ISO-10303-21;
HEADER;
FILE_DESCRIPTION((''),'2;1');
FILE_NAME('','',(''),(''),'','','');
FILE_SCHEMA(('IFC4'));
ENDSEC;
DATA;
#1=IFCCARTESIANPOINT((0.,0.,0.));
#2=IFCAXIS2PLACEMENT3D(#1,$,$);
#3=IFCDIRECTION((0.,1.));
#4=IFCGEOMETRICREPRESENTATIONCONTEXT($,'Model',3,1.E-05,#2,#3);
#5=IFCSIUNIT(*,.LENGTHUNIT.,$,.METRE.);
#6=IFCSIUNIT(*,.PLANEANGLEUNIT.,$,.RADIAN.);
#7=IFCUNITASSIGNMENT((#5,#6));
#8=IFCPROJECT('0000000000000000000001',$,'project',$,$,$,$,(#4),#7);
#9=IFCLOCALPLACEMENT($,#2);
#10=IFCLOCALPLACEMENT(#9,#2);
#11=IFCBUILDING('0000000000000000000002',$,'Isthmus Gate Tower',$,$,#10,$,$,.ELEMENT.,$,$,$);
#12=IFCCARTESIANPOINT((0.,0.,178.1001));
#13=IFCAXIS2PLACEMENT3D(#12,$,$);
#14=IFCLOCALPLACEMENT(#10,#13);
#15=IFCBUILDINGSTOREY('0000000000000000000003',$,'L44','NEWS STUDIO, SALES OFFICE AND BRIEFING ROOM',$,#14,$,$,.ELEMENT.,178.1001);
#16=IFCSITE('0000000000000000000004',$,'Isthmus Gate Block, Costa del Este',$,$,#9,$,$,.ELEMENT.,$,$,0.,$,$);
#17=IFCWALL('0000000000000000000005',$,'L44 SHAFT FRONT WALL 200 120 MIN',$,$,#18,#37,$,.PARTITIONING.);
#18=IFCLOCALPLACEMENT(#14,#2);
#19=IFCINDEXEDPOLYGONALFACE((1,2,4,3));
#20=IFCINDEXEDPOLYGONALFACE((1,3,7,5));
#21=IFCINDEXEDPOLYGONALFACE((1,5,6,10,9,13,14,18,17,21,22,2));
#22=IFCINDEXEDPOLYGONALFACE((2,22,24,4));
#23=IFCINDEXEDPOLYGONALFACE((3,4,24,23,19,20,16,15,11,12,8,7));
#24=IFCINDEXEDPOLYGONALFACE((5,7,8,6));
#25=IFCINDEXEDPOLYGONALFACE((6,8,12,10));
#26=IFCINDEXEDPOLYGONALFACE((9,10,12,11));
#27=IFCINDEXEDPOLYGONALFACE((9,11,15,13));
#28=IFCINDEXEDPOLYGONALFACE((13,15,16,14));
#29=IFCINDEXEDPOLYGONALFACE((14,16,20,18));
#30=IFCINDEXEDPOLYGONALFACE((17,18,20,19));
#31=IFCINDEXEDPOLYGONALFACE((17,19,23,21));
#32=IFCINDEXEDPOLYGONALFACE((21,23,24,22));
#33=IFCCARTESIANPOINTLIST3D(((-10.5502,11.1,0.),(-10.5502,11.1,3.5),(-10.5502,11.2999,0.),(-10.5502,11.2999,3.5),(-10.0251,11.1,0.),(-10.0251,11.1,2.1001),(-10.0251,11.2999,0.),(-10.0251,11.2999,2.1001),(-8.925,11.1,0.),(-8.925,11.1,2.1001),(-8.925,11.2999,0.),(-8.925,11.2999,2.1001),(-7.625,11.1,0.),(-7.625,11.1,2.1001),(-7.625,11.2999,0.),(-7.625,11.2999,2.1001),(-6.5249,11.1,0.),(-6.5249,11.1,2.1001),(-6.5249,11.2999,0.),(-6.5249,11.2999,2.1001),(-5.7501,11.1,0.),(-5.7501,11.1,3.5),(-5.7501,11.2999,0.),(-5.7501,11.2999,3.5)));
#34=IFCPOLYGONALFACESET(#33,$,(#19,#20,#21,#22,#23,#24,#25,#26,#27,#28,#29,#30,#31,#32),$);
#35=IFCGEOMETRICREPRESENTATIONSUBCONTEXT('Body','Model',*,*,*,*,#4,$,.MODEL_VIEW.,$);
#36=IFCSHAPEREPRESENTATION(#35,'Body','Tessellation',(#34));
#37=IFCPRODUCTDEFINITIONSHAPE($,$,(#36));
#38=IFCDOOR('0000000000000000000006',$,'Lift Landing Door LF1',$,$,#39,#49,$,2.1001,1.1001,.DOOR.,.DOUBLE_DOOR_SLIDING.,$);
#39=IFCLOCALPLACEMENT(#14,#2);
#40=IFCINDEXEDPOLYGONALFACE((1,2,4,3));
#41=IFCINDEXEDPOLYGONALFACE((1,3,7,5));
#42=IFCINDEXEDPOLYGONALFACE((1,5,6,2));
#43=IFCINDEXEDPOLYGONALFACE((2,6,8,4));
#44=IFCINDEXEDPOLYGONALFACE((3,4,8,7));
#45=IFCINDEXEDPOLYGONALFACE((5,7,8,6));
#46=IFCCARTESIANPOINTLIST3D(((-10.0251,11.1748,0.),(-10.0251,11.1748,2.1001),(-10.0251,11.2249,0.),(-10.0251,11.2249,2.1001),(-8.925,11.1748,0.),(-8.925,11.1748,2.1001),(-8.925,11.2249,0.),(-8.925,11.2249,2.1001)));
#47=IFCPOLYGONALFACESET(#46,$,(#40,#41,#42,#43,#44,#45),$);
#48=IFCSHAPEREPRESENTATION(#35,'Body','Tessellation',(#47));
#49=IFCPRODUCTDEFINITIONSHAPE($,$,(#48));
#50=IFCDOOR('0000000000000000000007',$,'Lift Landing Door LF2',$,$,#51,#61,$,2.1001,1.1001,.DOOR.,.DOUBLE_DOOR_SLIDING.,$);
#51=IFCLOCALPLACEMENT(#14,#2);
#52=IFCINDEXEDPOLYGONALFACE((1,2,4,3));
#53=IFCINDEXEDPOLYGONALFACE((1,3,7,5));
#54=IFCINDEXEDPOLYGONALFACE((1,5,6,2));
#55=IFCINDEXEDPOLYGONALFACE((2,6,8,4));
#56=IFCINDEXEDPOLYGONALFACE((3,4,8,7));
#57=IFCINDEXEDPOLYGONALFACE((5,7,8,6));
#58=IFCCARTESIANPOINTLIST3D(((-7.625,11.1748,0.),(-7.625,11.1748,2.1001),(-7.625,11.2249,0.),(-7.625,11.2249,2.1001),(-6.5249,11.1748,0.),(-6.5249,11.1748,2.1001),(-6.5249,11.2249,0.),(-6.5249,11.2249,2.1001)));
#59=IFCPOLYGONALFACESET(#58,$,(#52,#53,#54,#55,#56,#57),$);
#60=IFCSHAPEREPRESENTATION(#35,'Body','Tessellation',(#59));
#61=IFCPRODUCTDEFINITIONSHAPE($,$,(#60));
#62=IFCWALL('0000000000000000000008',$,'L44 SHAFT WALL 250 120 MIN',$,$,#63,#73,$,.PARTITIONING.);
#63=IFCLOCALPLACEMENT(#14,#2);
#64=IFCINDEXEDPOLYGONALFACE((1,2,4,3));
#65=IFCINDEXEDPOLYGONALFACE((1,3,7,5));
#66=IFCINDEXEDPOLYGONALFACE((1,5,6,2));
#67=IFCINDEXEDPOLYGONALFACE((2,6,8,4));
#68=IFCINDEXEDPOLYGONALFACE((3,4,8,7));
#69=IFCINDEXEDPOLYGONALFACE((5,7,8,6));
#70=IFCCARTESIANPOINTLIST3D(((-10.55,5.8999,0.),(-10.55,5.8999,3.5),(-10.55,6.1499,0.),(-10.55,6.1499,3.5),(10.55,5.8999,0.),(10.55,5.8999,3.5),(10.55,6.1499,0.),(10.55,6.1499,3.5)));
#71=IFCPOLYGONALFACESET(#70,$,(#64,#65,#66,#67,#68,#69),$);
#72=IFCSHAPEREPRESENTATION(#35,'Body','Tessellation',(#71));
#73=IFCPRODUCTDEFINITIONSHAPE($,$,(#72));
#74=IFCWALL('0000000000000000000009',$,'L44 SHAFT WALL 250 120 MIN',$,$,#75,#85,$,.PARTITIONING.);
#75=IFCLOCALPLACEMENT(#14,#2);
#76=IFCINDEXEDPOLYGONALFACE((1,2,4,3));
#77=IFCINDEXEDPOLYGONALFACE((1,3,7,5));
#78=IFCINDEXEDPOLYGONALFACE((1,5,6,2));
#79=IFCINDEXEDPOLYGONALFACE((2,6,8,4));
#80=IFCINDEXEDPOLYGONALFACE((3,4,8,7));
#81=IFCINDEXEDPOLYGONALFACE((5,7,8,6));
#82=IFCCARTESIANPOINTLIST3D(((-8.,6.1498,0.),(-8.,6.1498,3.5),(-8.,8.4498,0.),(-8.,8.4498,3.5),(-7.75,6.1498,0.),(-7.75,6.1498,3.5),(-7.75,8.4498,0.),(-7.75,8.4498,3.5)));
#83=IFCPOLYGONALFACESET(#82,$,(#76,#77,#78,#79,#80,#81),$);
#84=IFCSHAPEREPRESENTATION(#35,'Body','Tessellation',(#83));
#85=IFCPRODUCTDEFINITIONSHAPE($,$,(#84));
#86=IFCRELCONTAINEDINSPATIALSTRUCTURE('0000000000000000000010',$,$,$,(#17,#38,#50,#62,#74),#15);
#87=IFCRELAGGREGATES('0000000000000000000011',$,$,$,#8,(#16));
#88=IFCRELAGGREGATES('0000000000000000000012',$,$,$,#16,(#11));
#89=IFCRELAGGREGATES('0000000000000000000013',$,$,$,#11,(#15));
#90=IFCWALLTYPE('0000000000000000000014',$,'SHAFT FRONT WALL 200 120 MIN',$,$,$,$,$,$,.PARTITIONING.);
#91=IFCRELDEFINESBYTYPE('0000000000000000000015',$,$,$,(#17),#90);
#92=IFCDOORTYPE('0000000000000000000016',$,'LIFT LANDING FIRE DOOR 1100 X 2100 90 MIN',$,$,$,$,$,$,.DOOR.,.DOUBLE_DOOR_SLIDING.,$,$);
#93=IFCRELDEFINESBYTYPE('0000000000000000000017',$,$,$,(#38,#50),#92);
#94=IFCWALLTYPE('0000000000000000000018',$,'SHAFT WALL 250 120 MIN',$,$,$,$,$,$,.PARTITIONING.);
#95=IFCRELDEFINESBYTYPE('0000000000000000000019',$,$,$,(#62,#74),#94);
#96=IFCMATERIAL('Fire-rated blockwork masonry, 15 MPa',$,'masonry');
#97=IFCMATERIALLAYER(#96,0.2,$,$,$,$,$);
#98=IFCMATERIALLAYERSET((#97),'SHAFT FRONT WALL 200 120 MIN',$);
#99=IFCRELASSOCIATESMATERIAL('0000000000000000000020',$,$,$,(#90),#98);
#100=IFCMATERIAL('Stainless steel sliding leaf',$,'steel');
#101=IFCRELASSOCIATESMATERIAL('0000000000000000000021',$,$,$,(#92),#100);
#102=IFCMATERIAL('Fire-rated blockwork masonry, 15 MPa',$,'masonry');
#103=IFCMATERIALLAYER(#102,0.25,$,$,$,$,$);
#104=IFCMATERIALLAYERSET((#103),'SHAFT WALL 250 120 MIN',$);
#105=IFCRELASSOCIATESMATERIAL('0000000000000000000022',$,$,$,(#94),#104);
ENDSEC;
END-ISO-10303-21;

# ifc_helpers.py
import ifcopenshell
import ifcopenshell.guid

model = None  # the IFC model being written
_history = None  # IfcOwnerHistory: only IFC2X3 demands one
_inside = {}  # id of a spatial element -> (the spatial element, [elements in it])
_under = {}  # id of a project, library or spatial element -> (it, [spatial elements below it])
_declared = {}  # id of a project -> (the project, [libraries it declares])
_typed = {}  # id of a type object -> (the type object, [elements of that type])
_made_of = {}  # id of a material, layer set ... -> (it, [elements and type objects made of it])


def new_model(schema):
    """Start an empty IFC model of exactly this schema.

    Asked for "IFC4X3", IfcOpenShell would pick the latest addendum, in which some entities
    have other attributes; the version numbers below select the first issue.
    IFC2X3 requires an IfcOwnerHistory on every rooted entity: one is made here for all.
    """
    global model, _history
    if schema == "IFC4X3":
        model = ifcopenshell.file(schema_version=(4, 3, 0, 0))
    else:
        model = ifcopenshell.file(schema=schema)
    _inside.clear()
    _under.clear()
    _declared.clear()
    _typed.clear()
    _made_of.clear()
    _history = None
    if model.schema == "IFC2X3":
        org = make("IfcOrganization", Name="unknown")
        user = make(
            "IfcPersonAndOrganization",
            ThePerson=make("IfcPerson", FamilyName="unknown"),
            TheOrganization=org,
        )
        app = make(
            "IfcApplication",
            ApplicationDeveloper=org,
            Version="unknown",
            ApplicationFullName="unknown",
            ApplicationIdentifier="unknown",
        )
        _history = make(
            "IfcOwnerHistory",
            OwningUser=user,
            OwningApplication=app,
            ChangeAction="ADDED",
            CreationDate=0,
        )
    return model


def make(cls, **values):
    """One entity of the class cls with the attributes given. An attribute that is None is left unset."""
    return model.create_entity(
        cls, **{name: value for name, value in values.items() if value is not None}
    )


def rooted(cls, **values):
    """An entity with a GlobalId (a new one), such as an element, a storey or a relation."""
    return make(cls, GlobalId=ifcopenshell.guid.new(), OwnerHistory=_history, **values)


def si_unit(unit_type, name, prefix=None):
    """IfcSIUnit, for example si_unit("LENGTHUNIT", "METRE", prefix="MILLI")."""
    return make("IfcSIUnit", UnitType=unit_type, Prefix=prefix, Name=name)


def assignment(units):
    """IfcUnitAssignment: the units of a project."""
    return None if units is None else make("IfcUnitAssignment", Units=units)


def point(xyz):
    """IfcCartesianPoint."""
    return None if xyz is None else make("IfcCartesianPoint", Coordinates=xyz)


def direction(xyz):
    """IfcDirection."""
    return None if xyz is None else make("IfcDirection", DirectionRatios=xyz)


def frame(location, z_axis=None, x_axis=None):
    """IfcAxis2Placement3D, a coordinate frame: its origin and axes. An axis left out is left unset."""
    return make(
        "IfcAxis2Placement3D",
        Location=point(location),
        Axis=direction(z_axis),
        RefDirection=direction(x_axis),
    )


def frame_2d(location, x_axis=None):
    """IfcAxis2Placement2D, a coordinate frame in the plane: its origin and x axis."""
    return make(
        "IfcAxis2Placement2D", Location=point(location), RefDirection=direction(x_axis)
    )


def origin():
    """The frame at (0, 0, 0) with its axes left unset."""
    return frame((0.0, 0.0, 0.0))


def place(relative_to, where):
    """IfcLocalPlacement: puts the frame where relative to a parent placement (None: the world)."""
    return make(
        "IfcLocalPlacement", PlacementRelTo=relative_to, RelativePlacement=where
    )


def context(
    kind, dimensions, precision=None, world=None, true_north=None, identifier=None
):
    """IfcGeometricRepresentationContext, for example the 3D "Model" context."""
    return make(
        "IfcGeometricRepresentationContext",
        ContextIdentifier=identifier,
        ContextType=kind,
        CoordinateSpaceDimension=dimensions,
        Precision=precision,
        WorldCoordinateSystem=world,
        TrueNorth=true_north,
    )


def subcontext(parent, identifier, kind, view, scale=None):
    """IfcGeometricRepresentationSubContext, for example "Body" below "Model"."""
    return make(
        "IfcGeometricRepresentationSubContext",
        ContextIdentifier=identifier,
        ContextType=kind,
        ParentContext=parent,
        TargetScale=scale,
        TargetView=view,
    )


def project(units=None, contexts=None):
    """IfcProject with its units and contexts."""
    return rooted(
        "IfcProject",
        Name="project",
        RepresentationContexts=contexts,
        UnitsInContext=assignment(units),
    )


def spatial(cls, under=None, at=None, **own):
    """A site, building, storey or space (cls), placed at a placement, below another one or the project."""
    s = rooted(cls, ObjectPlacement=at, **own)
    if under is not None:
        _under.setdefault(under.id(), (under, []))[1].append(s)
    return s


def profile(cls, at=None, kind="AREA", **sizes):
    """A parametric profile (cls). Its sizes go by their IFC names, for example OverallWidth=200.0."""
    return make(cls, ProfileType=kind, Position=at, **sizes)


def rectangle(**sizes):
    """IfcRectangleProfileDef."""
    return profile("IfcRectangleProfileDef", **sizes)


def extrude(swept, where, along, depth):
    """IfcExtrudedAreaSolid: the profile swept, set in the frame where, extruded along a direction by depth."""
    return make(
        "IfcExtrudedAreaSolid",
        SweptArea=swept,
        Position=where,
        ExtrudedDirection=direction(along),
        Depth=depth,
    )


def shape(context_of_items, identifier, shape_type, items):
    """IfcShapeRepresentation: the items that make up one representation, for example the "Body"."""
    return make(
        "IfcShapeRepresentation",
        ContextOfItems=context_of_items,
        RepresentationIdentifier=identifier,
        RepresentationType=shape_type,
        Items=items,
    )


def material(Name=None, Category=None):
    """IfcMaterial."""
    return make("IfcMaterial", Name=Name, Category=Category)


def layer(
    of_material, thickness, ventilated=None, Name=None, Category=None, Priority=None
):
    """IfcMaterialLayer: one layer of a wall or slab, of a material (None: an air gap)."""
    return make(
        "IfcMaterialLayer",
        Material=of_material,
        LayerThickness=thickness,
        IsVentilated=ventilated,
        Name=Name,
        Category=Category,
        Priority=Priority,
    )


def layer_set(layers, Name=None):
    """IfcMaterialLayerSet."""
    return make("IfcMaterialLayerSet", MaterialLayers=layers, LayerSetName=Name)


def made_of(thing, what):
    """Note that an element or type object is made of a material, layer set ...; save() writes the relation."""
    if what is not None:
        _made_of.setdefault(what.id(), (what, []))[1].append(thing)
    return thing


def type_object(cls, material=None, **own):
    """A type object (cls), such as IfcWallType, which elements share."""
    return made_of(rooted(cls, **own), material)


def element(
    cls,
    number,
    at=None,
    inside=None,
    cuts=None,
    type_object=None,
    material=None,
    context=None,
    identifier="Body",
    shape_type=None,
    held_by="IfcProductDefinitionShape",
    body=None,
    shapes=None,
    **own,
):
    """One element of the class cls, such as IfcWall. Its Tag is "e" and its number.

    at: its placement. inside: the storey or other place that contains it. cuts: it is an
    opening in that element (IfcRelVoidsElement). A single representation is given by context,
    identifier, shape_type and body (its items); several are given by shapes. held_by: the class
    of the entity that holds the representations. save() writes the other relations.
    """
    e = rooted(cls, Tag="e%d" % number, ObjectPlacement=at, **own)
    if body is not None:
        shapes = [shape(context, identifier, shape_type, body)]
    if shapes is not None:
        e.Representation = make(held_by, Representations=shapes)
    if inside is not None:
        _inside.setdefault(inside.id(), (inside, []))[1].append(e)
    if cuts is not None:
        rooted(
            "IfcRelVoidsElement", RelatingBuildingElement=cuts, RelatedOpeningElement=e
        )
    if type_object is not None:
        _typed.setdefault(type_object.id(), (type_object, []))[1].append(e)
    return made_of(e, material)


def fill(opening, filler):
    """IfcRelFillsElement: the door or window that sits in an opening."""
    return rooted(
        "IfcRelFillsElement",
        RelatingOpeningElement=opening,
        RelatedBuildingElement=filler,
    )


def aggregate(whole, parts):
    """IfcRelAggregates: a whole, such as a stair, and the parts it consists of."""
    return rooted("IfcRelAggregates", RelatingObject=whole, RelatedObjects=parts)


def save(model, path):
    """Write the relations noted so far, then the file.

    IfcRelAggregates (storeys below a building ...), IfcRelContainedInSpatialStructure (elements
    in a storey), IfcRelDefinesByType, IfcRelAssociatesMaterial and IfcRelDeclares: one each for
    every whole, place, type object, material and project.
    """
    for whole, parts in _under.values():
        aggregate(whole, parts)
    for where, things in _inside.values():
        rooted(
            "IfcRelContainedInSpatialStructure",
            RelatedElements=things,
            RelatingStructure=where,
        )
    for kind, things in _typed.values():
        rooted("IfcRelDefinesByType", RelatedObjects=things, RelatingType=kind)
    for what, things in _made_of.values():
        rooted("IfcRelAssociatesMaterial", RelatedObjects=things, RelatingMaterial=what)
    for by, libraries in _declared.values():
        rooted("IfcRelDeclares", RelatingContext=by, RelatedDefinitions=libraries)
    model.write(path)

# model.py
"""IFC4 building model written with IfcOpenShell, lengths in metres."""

from ifc_helpers import new_model, si_unit, direction, frame, frame_2d, origin, place, context, subcontext, project, spatial, rectangle, extrude, material, layer, layer_set, type_object, element, fill, save


model = new_model("IFC4")

# Units and contexts
model_context = context("Model", 3, precision=1e-05, world=origin(), true_north=direction((0.0, 1.0)))
body_context = subcontext(model_context, "Body", "Model", "MODEL_VIEW")
ifc_project = project(units=[si_unit("LENGTHUNIT", "METRE"), si_unit("PLANEANGLEUNIT", "RADIAN")], contexts=[model_context])

# Site, building, storey
site_placement = place(None, origin())
site = spatial("IfcSite", under=ifc_project, at=site_placement, Name="Isthmus Gate Block, Costa del Este", CompositionType="ELEMENT", RefElevation=0.0)
building_placement = place(site_placement, origin())
building = spatial("IfcBuilding", under=site, at=building_placement, Name="Isthmus Gate Tower", CompositionType="ELEMENT")
storey_placement = place(building_placement, frame((0.0, 0.0, 178.1001)))
storey = spatial("IfcBuildingStorey", under=building, at=storey_placement, Name="L44", Description="NEWS STUDIO, SALES OFFICE AND BRIEFING ROOM", CompositionType="ELEMENT", Elevation=178.1001)

# Wall, openings, doors
ifc_material_1 = material(Name="Fire-rated blockwork masonry, 15 MPa", Category="masonry")
ifc_layer_1 = layer(ifc_material_1, 0.2)
ifc_layer_set_1 = layer_set([ifc_layer_1], Name="SHAFT FRONT WALL 200 120 MIN")
wall_type_1 = type_object("IfcWallType", Name="SHAFT FRONT WALL 200 120 MIN", PredefinedType="PARTITIONING", material=ifc_layer_set_1)
wall_1_placement = place(storey_placement, frame((-10.55, 11.2, 0.0), z_axis=(0.0, 0.0, 1.0), x_axis=(1.0, 0.0, 0.0)))
wall_1 = element("IfcWall", 1, at=wall_1_placement, inside=storey, type_object=wall_type_1, Name="L44 SHAFT FRONT WALL 200 120 MIN", PredefinedType="PARTITIONING", context=body_context, shape_type="SweptSolid", body=[
    extrude(rectangle(XDim=4.8, YDim=0.2, at=frame_2d((2.3999, 0.0))), origin(), (0.0, 0.0, 1.0), 3.5),
])
opening_1_placement = place(wall_1_placement, frame((0.5249, 0.0, 0.0)))
opening_1 = element("IfcOpeningElement", 2, at=opening_1_placement, cuts=wall_1, PredefinedType="OPENING", context=body_context, shape_type="SweptSolid", body=[
    extrude(rectangle(XDim=1.1001, YDim=2.1001, at=frame_2d((0.55, 1.05))), frame((0.0, 0.1099, 0.0), z_axis=(0.0, -1.0, 0.0), x_axis=(1.0, 0.0, 0.0)), (0.0, 0.0, 1.0), 0.22),
])
opening_2_placement = place(wall_1_placement, frame((2.925, 0.0, 0.0)))
opening_2 = element("IfcOpeningElement", 3, at=opening_2_placement, cuts=wall_1, PredefinedType="OPENING", context=body_context, shape_type="SweptSolid", body=[
    extrude(rectangle(XDim=1.1001, YDim=2.1001, at=frame_2d((0.55, 1.05))), frame((0.0, 0.1099, 0.0), z_axis=(0.0, -1.0, 0.0), x_axis=(1.0, 0.0, 0.0)), (0.0, 0.0, 1.0), 0.22),
])
ifc_material_2 = material(Name="Stainless steel sliding leaf", Category="steel")
door_type_1 = type_object("IfcDoorType", Name="LIFT LANDING FIRE DOOR 1100 X 2100 90 MIN", OperationType="DOUBLE_DOOR_SLIDING", PredefinedType="DOOR", material=ifc_material_2)
door_1_placement = place(opening_1_placement, origin())
door_1 = element("IfcDoor", 4, at=door_1_placement, inside=storey, type_object=door_type_1, Name="Lift Landing Door LF1", OperationType="DOUBLE_DOOR_SLIDING", OverallHeight=2.1001, OverallWidth=1.1001, PredefinedType="DOOR", context=body_context, shape_type="SweptSolid", body=[
    extrude(rectangle(XDim=1.1001, YDim=2.1001, at=frame_2d((0.55, 1.05))), frame((0.0, 0.0249, 0.0), z_axis=(0.0, -1.0, 0.0), x_axis=(1.0, 0.0, 0.0)), (0.0, 0.0, 1.0), 0.05),
])
fill(opening_1, door_1)
door_2_placement = place(opening_2_placement, origin())
door_2 = element("IfcDoor", 5, at=door_2_placement, inside=storey, type_object=door_type_1, Name="Lift Landing Door LF2", OperationType="DOUBLE_DOOR_SLIDING", OverallHeight=2.1001, OverallWidth=1.1001, PredefinedType="DOOR", context=body_context, shape_type="SweptSolid", body=[
    extrude(rectangle(XDim=1.1001, YDim=2.1001, at=frame_2d((0.55, 1.05))), frame((0.0, 0.0249, 0.0), z_axis=(0.0, -1.0, 0.0), x_axis=(1.0, 0.0, 0.0)), (0.0, 0.0, 1.0), 0.05),
])
fill(opening_2, door_2)

# Walls
ifc_material_3 = material(Name="Fire-rated blockwork masonry, 15 MPa", Category="masonry")
ifc_layer_2 = layer(ifc_material_3, 0.25)
ifc_layer_set_2 = layer_set([ifc_layer_2], Name="SHAFT WALL 250 120 MIN")
wall_type_2 = type_object("IfcWallType", Name="SHAFT WALL 250 120 MIN", PredefinedType="PARTITIONING", material=ifc_layer_set_2)
wall_2_placement = place(storey_placement, frame((-10.55, 6.0249, 0.0), z_axis=(0.0, 0.0, 1.0), x_axis=(1.0, 0.0, 0.0)))
element("IfcWall", 6, at=wall_2_placement, inside=storey, type_object=wall_type_2, Name="L44 SHAFT WALL 250 120 MIN", PredefinedType="PARTITIONING", context=body_context, shape_type="SweptSolid", body=[
    extrude(rectangle(XDim=21.1001, YDim=0.25, at=frame_2d((10.55, 0.0))), origin(), (0.0, 0.0, 1.0), 3.5),
])
wall_3_placement = place(storey_placement, frame((-7.875, 6.1499, 0.0), z_axis=(0.0, 0.0, 1.0), x_axis=(0.0, 1.0, 0.0)))
element("IfcWall", 7, at=wall_3_placement, inside=storey, type_object=wall_type_2, Name="L44 SHAFT WALL 250 120 MIN", PredefinedType="PARTITIONING", context=body_context, shape_type="SweptSolid", body=[
    extrude(rectangle(XDim=2.3, YDim=0.25, at=frame_2d((1.1499, 0.0))), origin(), (0.0, 0.0, 1.0), 3.5),
])

save(model, "model.ifc")
